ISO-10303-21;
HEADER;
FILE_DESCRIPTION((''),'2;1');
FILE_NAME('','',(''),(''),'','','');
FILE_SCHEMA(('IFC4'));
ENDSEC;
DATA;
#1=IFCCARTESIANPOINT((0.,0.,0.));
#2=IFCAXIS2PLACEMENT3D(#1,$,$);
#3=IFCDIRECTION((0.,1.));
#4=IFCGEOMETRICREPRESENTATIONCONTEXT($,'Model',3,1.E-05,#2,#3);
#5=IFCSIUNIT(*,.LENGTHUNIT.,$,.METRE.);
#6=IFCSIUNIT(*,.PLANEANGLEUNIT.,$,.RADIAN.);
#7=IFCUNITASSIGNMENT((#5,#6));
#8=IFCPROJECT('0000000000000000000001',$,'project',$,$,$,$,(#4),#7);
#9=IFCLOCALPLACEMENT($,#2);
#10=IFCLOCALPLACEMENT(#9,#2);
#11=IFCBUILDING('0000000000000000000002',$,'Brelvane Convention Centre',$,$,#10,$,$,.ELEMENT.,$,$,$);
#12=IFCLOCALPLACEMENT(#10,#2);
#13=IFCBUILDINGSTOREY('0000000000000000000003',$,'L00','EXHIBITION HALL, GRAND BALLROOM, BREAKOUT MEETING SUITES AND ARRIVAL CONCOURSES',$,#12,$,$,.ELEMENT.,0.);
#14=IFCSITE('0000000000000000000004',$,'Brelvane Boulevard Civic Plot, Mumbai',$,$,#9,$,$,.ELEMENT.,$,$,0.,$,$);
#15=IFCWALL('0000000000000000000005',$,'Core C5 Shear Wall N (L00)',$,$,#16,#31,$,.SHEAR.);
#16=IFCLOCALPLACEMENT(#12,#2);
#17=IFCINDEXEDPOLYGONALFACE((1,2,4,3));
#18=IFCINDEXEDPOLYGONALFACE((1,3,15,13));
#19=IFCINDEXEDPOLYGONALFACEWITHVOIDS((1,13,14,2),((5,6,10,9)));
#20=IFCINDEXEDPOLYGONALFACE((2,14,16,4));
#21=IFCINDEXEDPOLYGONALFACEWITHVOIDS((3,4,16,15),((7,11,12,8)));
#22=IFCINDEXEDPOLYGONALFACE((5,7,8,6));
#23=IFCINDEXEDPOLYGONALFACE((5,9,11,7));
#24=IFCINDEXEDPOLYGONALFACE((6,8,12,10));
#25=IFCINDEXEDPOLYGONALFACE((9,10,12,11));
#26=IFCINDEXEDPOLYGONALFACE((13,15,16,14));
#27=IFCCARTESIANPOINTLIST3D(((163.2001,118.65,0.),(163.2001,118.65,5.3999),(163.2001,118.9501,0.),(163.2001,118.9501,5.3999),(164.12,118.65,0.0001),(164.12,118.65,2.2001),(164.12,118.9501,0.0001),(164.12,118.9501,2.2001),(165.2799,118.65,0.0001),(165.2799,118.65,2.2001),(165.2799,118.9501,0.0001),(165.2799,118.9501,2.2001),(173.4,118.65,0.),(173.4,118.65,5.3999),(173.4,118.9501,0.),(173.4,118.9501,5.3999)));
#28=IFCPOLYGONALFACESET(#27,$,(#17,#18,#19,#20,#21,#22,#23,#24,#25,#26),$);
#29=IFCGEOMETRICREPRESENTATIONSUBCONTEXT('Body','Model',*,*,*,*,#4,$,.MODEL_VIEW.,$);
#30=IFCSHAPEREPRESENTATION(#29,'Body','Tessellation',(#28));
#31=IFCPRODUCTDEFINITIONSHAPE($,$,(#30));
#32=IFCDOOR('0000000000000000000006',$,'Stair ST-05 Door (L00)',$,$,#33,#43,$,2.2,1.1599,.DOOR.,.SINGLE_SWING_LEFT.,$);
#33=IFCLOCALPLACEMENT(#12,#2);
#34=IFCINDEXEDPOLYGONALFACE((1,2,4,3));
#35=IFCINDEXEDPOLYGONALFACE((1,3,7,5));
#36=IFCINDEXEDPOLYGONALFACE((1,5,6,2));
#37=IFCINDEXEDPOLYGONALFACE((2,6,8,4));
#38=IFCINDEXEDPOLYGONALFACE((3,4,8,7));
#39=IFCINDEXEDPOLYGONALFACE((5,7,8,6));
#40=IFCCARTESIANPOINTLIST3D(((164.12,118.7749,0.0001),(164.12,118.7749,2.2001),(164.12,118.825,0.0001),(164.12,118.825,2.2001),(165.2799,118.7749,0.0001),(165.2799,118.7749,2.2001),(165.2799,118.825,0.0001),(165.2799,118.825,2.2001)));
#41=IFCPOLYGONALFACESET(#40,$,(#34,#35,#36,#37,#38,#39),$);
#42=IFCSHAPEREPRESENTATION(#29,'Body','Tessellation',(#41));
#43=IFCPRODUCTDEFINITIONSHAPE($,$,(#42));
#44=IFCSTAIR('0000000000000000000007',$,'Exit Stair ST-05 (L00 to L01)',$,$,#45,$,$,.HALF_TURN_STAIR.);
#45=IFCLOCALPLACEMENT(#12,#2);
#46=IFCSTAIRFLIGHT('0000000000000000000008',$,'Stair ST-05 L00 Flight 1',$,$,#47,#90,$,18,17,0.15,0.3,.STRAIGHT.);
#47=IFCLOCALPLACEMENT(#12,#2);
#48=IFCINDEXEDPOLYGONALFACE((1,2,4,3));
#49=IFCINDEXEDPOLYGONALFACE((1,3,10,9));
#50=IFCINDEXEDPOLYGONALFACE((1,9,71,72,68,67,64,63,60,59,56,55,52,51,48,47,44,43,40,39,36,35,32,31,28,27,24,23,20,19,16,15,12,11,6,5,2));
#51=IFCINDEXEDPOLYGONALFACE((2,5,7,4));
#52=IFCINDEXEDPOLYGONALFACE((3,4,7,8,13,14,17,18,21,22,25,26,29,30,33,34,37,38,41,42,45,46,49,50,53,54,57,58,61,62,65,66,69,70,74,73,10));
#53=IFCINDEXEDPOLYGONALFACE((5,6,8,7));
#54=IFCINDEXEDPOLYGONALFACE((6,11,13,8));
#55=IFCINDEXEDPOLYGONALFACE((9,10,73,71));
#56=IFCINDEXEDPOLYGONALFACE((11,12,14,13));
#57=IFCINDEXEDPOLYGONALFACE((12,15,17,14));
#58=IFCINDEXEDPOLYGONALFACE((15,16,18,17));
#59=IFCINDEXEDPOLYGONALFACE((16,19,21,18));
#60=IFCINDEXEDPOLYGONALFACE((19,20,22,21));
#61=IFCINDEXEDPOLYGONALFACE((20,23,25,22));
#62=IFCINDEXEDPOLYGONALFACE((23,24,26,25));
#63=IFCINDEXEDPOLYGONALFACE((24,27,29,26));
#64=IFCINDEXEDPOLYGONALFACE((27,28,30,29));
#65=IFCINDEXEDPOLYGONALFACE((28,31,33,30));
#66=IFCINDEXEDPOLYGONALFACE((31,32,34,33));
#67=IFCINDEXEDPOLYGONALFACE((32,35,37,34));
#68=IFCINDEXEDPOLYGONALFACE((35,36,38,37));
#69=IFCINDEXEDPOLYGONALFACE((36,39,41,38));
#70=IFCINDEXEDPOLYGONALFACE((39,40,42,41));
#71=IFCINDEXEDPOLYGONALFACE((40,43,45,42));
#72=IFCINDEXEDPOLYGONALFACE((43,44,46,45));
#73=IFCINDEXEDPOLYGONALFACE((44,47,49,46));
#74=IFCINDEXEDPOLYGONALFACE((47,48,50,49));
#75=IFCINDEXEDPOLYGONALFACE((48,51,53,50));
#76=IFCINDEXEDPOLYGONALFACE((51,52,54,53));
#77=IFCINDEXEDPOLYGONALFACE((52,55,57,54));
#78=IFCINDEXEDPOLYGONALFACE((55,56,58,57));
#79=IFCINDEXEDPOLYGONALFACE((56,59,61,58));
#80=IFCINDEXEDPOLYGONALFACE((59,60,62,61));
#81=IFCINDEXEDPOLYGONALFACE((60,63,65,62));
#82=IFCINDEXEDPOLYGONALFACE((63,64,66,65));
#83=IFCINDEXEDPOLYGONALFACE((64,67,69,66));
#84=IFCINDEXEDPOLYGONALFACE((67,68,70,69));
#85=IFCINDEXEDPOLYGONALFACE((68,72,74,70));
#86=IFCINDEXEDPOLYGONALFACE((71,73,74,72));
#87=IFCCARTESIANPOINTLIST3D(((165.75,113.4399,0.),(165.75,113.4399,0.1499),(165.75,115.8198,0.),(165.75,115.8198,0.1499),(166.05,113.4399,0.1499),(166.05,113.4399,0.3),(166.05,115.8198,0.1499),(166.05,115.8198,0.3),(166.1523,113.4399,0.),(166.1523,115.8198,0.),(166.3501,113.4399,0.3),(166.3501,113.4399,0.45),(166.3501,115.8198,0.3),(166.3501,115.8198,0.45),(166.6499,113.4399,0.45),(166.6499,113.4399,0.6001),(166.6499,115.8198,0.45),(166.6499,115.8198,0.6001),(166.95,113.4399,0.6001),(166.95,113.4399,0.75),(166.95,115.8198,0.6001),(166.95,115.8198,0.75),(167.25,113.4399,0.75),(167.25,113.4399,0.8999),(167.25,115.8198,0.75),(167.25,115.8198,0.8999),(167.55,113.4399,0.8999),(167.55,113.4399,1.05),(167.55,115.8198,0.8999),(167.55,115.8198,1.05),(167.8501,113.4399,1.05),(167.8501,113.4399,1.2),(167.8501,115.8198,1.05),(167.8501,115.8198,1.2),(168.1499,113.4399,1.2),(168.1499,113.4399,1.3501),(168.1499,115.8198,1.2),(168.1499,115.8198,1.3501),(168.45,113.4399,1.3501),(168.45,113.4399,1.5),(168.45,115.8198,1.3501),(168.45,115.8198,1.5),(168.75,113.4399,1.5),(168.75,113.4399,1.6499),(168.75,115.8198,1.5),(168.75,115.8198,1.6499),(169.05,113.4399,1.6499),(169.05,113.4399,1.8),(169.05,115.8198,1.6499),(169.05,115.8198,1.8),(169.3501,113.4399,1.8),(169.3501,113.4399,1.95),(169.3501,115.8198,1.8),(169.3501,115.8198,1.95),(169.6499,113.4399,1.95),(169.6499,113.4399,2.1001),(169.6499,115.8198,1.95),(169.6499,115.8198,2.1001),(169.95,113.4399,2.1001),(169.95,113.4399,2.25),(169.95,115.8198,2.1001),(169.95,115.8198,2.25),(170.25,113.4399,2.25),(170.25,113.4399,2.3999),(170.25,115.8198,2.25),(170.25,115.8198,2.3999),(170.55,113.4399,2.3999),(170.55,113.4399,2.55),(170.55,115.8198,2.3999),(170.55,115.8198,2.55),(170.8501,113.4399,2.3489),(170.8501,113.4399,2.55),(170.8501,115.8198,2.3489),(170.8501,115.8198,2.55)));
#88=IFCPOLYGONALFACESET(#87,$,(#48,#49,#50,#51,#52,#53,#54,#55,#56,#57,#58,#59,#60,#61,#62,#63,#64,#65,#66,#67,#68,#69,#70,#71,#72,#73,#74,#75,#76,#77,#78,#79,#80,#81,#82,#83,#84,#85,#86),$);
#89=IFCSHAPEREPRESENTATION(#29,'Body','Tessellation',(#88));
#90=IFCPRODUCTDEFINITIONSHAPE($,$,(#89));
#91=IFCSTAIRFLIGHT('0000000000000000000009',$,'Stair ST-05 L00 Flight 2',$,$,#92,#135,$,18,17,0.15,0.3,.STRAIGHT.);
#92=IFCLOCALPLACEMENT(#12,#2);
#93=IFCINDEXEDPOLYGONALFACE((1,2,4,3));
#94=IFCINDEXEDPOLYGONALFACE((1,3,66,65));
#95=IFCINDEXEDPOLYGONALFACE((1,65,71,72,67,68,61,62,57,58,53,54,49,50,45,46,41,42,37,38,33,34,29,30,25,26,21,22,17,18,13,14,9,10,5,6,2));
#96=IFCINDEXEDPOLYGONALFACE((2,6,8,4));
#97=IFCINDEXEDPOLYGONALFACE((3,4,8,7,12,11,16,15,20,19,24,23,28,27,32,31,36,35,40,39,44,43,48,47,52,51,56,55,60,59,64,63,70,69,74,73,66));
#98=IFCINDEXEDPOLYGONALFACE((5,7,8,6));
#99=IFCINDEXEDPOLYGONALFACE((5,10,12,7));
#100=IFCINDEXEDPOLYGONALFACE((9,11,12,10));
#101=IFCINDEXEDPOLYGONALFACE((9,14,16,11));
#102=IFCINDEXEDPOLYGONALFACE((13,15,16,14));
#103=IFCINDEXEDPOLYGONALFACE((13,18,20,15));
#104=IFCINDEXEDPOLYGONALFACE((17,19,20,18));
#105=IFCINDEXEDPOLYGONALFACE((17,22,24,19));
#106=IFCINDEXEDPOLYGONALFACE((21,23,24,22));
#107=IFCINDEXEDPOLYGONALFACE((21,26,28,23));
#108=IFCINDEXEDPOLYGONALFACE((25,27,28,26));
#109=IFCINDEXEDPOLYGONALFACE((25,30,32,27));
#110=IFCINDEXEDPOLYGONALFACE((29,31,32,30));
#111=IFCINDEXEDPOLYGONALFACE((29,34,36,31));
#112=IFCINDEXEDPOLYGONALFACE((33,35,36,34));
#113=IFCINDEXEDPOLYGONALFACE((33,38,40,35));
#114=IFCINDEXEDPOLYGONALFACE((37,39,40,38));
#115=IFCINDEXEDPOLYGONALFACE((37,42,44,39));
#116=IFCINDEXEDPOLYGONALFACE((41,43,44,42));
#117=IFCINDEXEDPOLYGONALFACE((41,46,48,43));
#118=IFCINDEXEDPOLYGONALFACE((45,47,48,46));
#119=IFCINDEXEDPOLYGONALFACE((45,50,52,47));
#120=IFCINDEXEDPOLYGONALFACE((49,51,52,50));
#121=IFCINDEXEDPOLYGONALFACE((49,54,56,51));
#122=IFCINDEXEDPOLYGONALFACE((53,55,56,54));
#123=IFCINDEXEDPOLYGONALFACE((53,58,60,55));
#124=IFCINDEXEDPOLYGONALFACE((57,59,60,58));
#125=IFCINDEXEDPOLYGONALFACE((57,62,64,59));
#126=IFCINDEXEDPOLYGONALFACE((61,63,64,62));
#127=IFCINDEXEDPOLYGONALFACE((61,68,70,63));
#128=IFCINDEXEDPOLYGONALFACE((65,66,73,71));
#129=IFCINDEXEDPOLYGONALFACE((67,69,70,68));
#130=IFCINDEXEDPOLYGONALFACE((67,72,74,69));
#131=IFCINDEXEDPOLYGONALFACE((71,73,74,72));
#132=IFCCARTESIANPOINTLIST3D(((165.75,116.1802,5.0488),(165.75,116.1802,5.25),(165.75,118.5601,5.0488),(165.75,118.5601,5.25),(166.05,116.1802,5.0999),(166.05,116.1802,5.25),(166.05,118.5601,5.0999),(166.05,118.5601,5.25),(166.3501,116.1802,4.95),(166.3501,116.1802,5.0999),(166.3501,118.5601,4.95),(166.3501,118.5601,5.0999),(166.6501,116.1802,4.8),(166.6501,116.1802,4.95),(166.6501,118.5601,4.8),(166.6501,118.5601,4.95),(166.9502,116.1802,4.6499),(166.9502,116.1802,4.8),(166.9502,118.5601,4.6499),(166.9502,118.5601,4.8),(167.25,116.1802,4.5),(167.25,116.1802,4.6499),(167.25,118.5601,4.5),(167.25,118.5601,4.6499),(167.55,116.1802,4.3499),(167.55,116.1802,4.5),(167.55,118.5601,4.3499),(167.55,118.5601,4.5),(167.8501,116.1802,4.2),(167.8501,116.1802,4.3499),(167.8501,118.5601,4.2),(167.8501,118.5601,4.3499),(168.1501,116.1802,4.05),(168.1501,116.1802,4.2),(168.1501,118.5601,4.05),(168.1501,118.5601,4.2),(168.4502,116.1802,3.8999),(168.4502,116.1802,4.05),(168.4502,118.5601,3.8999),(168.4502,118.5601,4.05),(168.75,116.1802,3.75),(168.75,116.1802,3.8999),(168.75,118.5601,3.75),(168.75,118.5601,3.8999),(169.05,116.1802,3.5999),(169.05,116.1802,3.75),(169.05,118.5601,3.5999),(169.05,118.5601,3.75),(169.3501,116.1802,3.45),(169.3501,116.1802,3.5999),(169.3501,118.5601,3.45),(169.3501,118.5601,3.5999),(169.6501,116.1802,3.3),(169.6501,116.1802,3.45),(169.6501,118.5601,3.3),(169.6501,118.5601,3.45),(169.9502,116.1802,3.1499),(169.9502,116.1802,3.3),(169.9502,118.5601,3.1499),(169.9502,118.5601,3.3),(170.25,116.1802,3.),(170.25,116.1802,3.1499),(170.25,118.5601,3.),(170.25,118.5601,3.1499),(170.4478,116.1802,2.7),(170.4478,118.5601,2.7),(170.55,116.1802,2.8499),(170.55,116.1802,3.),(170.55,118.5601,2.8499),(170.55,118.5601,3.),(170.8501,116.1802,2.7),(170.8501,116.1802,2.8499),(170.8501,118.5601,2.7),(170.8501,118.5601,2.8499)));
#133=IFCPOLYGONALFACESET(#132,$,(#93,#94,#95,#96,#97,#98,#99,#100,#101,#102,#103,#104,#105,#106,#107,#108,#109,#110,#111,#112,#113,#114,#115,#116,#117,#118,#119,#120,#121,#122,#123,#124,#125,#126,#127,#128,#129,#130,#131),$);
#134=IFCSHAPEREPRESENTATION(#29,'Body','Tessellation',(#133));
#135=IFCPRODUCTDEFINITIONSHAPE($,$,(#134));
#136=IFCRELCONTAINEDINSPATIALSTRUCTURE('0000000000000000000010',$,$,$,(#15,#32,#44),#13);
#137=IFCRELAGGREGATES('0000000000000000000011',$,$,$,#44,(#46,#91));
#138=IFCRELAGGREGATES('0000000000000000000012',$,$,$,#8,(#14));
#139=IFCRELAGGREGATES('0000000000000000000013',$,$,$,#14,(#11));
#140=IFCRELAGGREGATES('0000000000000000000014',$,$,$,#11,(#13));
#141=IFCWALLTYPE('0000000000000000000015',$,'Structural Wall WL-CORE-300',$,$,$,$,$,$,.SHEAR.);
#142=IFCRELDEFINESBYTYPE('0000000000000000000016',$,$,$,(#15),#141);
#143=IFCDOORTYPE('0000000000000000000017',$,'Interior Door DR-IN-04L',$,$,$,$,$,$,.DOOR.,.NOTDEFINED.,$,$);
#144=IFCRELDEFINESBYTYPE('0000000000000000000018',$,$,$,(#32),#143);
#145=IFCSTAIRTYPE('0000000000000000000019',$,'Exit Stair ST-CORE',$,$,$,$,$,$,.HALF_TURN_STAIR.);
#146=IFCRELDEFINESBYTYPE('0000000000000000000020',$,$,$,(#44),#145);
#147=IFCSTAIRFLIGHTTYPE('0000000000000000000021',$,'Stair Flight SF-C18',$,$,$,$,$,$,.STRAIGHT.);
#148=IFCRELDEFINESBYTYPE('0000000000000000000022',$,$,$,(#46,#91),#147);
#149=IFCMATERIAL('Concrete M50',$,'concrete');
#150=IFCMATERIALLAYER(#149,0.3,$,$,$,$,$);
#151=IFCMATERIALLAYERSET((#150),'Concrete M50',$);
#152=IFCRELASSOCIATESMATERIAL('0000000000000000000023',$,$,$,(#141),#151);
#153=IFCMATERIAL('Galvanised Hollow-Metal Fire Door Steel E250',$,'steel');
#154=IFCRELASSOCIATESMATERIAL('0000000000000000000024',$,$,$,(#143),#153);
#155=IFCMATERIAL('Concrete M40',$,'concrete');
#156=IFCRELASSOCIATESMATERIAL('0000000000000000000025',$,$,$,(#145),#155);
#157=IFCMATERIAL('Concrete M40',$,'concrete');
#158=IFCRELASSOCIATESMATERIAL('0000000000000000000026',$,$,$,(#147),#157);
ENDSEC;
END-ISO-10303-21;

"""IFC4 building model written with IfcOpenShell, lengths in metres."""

from ifc_helpers import new_model, si_unit, direction, frame, frame_2d, origin, place, context, subcontext, project, spatial, polyline, rectangle, outline, extrude, material, layer, layer_set, type_object, element, fill, aggregate, save


model = new_model("IFC4")

# Units and contexts
model_context = context("Model", 3, precision=1e-05, world=origin(), true_north=direction((0.0, 1.0)))
body_context = subcontext(model_context, "Body", "Model", "MODEL_VIEW")
ifc_project = project(units=[si_unit("LENGTHUNIT", "METRE"), si_unit("PLANEANGLEUNIT", "RADIAN")], contexts=[model_context])

# Site, building, storey
site_placement = place(None, origin())
site = spatial("IfcSite", under=ifc_project, at=site_placement, Name="Brelvane Boulevard Civic Plot, Mumbai", CompositionType="ELEMENT", RefElevation=0.0)
building_placement = place(site_placement, origin())
building = spatial("IfcBuilding", under=site, at=building_placement, Name="Brelvane Convention Centre", CompositionType="ELEMENT")
storey_placement = place(building_placement, origin())
storey = spatial("IfcBuildingStorey", under=building, at=storey_placement, Name="L00", Description="EXHIBITION HALL, GRAND BALLROOM, BREAKOUT MEETING SUITES AND ARRIVAL CONCOURSES", CompositionType="ELEMENT", Elevation=0.0)

# Wall, opening, door
ifc_material_1 = material(Name="Concrete M50", Category="concrete")
ifc_layer = layer(ifc_material_1, 0.3)
ifc_layer_set = layer_set([ifc_layer], Name="Concrete M50")
wall_type = type_object("IfcWallType", Name="Structural Wall WL-CORE-300", PredefinedType="SHEAR", material=ifc_layer_set)
wall_placement = place(storey_placement, frame((163.2, 118.8, 0.0), z_axis=(0.0, 0.0, 1.0), x_axis=(1.0, 0.0, 0.0)))
wall = element("IfcWall", 1, at=wall_placement, inside=storey, type_object=wall_type, Name="Core C5 Shear Wall N (L00)", PredefinedType="SHEAR", context=body_context, shape_type="SweptSolid", body=[
    extrude(rectangle(XDim=10.2, YDim=0.3, at=frame_2d((5.1001, 0.0))), origin(), (0.0, 0.0, 1.0), 5.3999),
])
opening_placement = place(wall_placement, frame((0.9199, 0.0, 0.0)))
opening = element("IfcOpeningElement", 2, at=opening_placement, cuts=wall, PredefinedType="OPENING", context=body_context, shape_type="SweptSolid", body=[
    extrude(rectangle(XDim=1.1599, YDim=2.2, at=frame_2d((0.5801, 1.1001))), frame((0.0, 0.1599, 0.0), z_axis=(0.0, -1.0, 0.0), x_axis=(1.0, 0.0, 0.0)), (0.0, 0.0, 1.0), 0.3201),
])
ifc_material_2 = material(Name="Galvanised Hollow-Metal Fire Door Steel E250", Category="steel")
door_type = type_object("IfcDoorType", Name="Interior Door DR-IN-04L", OperationType="NOTDEFINED", PredefinedType="DOOR", material=ifc_material_2)
door_placement = place(opening_placement, origin())
door = element("IfcDoor", 3, at=door_placement, inside=storey, type_object=door_type, Name="Stair ST-05 Door (L00)", OperationType="SINGLE_SWING_LEFT", OverallHeight=2.2, OverallWidth=1.1599, PredefinedType="DOOR", context=body_context, shape_type="SweptSolid", body=[
    extrude(rectangle(XDim=1.1599, YDim=2.2, at=frame_2d((0.5801, 1.1001))), frame((0.0, 0.0249, 0.0), z_axis=(0.0, -1.0, 0.0), x_axis=(1.0, 0.0, 0.0)), (0.0, 0.0, 1.0), 0.05),
])
fill(opening, door)

# Stair, stair flights
ifc_material_3 = material(Name="Concrete M40", Category="concrete")
stair_type = type_object("IfcStairType", Name="Exit Stair ST-CORE", PredefinedType="HALF_TURN_STAIR", material=ifc_material_3)
stair_placement = place(storey_placement, origin())
stair = element("IfcStair", 4, at=stair_placement, inside=storey, type_object=stair_type, Name="Exit Stair ST-05 (L00 to L01)", PredefinedType="HALF_TURN_STAIR")
ifc_material_4 = material(Name="Concrete M40", Category="concrete")
stair_flight_type = type_object("IfcStairFlightType", Name="Stair Flight SF-C18", PredefinedType="STRAIGHT", material=ifc_material_4)
stair_flight_1_placement = place(storey_placement, frame((165.75, 114.6299, 0.0), z_axis=(0.0, 0.0, 1.0), x_axis=(1.0, 0.0, 0.0)))
stair_flight_1 = element("IfcStairFlight", 5, at=stair_flight_1_placement, type_object=stair_flight_type, Name="Stair ST-05 L00 Flight 1", NumberOfRisers=18, NumberOfTreads=17, PredefinedType="STRAIGHT", RiserHeight=0.15, TreadLength=0.3, context=body_context, shape_type="SweptSolid", body=[
    extrude(outline(polyline([(0.0, 0.0), (0.0, 0.1499), (0.3, 0.1499), (0.3, 0.3), (0.6001, 0.3), (0.6001, 0.45), (0.8999, 0.45), (0.8999, 0.6001), (1.2, 0.6001), (1.2, 0.75), (1.5, 0.75), (1.5, 0.8999), (1.8, 0.8999), (1.8, 1.05), (2.1001, 1.05), (2.1001, 1.2), (2.3999, 1.2), (2.3999, 1.3501), (2.7, 1.3501), (2.7, 1.5), (3.0, 1.5), (3.0, 1.6499), (3.3, 1.6499), (3.3, 1.8), (3.6001, 1.8), (3.6001, 1.95), (3.8999, 1.95), (3.8999, 2.1001), (4.2, 2.1001), (4.2, 2.25), (4.5, 2.25), (4.5, 2.3999), (4.8, 2.3999), (4.8, 2.55), (5.1001, 2.55), (5.1001, 2.7), (5.1001, 2.3489), (0.4023, 0.0), (0.0, 0.0)])), frame((0.0, 1.1899, 0.0), z_axis=(0.0, -1.0, 0.0), x_axis=(1.0, 0.0, 0.0)), (0.0, 0.0, 1.0), 2.3799),
])
stair_flight_2_placement = place(storey_placement, frame((170.8501, 117.3701, 2.7), z_axis=(0.0, 0.0, 1.0), x_axis=(-1.0, 0.0, 0.0)))
stair_flight_2 = element("IfcStairFlight", 6, at=stair_flight_2_placement, type_object=stair_flight_type, Name="Stair ST-05 L00 Flight 2", NumberOfRisers=18, NumberOfTreads=17, PredefinedType="STRAIGHT", RiserHeight=0.15, TreadLength=0.3, context=body_context, shape_type="SweptSolid", body=[
    extrude(outline(polyline([(0.0, 0.0), (0.0, 0.1499), (0.3, 0.1499), (0.3, 0.3), (0.6001, 0.3), (0.6001, 0.45), (0.8999, 0.45), (0.8999, 0.6001), (1.2, 0.6001), (1.2, 0.75), (1.5, 0.75), (1.5, 0.8999), (1.8, 0.8999), (1.8, 1.05), (2.1001, 1.05), (2.1001, 1.2), (2.3999, 1.2), (2.3999, 1.3501), (2.7, 1.3501), (2.7, 1.5), (3.0, 1.5), (3.0, 1.6499), (3.3, 1.6499), (3.3, 1.8), (3.6001, 1.8), (3.6001, 1.95), (3.8999, 1.95), (3.8999, 2.1001), (4.2, 2.1001), (4.2, 2.25), (4.5, 2.25), (4.5, 2.3999), (4.8, 2.3999), (4.8, 2.55), (5.1001, 2.55), (5.1001, 2.7), (5.1001, 2.3489), (0.4023, 0.0), (0.0, 0.0)])), frame((0.0, 1.1899, 0.0), z_axis=(0.0, -1.0, 0.0), x_axis=(1.0, 0.0, 0.0)), (0.0, 0.0, 1.0), 2.3799),
])
aggregate(stair, [stair_flight_1, stair_flight_2])

save(model, "model.ifc")
